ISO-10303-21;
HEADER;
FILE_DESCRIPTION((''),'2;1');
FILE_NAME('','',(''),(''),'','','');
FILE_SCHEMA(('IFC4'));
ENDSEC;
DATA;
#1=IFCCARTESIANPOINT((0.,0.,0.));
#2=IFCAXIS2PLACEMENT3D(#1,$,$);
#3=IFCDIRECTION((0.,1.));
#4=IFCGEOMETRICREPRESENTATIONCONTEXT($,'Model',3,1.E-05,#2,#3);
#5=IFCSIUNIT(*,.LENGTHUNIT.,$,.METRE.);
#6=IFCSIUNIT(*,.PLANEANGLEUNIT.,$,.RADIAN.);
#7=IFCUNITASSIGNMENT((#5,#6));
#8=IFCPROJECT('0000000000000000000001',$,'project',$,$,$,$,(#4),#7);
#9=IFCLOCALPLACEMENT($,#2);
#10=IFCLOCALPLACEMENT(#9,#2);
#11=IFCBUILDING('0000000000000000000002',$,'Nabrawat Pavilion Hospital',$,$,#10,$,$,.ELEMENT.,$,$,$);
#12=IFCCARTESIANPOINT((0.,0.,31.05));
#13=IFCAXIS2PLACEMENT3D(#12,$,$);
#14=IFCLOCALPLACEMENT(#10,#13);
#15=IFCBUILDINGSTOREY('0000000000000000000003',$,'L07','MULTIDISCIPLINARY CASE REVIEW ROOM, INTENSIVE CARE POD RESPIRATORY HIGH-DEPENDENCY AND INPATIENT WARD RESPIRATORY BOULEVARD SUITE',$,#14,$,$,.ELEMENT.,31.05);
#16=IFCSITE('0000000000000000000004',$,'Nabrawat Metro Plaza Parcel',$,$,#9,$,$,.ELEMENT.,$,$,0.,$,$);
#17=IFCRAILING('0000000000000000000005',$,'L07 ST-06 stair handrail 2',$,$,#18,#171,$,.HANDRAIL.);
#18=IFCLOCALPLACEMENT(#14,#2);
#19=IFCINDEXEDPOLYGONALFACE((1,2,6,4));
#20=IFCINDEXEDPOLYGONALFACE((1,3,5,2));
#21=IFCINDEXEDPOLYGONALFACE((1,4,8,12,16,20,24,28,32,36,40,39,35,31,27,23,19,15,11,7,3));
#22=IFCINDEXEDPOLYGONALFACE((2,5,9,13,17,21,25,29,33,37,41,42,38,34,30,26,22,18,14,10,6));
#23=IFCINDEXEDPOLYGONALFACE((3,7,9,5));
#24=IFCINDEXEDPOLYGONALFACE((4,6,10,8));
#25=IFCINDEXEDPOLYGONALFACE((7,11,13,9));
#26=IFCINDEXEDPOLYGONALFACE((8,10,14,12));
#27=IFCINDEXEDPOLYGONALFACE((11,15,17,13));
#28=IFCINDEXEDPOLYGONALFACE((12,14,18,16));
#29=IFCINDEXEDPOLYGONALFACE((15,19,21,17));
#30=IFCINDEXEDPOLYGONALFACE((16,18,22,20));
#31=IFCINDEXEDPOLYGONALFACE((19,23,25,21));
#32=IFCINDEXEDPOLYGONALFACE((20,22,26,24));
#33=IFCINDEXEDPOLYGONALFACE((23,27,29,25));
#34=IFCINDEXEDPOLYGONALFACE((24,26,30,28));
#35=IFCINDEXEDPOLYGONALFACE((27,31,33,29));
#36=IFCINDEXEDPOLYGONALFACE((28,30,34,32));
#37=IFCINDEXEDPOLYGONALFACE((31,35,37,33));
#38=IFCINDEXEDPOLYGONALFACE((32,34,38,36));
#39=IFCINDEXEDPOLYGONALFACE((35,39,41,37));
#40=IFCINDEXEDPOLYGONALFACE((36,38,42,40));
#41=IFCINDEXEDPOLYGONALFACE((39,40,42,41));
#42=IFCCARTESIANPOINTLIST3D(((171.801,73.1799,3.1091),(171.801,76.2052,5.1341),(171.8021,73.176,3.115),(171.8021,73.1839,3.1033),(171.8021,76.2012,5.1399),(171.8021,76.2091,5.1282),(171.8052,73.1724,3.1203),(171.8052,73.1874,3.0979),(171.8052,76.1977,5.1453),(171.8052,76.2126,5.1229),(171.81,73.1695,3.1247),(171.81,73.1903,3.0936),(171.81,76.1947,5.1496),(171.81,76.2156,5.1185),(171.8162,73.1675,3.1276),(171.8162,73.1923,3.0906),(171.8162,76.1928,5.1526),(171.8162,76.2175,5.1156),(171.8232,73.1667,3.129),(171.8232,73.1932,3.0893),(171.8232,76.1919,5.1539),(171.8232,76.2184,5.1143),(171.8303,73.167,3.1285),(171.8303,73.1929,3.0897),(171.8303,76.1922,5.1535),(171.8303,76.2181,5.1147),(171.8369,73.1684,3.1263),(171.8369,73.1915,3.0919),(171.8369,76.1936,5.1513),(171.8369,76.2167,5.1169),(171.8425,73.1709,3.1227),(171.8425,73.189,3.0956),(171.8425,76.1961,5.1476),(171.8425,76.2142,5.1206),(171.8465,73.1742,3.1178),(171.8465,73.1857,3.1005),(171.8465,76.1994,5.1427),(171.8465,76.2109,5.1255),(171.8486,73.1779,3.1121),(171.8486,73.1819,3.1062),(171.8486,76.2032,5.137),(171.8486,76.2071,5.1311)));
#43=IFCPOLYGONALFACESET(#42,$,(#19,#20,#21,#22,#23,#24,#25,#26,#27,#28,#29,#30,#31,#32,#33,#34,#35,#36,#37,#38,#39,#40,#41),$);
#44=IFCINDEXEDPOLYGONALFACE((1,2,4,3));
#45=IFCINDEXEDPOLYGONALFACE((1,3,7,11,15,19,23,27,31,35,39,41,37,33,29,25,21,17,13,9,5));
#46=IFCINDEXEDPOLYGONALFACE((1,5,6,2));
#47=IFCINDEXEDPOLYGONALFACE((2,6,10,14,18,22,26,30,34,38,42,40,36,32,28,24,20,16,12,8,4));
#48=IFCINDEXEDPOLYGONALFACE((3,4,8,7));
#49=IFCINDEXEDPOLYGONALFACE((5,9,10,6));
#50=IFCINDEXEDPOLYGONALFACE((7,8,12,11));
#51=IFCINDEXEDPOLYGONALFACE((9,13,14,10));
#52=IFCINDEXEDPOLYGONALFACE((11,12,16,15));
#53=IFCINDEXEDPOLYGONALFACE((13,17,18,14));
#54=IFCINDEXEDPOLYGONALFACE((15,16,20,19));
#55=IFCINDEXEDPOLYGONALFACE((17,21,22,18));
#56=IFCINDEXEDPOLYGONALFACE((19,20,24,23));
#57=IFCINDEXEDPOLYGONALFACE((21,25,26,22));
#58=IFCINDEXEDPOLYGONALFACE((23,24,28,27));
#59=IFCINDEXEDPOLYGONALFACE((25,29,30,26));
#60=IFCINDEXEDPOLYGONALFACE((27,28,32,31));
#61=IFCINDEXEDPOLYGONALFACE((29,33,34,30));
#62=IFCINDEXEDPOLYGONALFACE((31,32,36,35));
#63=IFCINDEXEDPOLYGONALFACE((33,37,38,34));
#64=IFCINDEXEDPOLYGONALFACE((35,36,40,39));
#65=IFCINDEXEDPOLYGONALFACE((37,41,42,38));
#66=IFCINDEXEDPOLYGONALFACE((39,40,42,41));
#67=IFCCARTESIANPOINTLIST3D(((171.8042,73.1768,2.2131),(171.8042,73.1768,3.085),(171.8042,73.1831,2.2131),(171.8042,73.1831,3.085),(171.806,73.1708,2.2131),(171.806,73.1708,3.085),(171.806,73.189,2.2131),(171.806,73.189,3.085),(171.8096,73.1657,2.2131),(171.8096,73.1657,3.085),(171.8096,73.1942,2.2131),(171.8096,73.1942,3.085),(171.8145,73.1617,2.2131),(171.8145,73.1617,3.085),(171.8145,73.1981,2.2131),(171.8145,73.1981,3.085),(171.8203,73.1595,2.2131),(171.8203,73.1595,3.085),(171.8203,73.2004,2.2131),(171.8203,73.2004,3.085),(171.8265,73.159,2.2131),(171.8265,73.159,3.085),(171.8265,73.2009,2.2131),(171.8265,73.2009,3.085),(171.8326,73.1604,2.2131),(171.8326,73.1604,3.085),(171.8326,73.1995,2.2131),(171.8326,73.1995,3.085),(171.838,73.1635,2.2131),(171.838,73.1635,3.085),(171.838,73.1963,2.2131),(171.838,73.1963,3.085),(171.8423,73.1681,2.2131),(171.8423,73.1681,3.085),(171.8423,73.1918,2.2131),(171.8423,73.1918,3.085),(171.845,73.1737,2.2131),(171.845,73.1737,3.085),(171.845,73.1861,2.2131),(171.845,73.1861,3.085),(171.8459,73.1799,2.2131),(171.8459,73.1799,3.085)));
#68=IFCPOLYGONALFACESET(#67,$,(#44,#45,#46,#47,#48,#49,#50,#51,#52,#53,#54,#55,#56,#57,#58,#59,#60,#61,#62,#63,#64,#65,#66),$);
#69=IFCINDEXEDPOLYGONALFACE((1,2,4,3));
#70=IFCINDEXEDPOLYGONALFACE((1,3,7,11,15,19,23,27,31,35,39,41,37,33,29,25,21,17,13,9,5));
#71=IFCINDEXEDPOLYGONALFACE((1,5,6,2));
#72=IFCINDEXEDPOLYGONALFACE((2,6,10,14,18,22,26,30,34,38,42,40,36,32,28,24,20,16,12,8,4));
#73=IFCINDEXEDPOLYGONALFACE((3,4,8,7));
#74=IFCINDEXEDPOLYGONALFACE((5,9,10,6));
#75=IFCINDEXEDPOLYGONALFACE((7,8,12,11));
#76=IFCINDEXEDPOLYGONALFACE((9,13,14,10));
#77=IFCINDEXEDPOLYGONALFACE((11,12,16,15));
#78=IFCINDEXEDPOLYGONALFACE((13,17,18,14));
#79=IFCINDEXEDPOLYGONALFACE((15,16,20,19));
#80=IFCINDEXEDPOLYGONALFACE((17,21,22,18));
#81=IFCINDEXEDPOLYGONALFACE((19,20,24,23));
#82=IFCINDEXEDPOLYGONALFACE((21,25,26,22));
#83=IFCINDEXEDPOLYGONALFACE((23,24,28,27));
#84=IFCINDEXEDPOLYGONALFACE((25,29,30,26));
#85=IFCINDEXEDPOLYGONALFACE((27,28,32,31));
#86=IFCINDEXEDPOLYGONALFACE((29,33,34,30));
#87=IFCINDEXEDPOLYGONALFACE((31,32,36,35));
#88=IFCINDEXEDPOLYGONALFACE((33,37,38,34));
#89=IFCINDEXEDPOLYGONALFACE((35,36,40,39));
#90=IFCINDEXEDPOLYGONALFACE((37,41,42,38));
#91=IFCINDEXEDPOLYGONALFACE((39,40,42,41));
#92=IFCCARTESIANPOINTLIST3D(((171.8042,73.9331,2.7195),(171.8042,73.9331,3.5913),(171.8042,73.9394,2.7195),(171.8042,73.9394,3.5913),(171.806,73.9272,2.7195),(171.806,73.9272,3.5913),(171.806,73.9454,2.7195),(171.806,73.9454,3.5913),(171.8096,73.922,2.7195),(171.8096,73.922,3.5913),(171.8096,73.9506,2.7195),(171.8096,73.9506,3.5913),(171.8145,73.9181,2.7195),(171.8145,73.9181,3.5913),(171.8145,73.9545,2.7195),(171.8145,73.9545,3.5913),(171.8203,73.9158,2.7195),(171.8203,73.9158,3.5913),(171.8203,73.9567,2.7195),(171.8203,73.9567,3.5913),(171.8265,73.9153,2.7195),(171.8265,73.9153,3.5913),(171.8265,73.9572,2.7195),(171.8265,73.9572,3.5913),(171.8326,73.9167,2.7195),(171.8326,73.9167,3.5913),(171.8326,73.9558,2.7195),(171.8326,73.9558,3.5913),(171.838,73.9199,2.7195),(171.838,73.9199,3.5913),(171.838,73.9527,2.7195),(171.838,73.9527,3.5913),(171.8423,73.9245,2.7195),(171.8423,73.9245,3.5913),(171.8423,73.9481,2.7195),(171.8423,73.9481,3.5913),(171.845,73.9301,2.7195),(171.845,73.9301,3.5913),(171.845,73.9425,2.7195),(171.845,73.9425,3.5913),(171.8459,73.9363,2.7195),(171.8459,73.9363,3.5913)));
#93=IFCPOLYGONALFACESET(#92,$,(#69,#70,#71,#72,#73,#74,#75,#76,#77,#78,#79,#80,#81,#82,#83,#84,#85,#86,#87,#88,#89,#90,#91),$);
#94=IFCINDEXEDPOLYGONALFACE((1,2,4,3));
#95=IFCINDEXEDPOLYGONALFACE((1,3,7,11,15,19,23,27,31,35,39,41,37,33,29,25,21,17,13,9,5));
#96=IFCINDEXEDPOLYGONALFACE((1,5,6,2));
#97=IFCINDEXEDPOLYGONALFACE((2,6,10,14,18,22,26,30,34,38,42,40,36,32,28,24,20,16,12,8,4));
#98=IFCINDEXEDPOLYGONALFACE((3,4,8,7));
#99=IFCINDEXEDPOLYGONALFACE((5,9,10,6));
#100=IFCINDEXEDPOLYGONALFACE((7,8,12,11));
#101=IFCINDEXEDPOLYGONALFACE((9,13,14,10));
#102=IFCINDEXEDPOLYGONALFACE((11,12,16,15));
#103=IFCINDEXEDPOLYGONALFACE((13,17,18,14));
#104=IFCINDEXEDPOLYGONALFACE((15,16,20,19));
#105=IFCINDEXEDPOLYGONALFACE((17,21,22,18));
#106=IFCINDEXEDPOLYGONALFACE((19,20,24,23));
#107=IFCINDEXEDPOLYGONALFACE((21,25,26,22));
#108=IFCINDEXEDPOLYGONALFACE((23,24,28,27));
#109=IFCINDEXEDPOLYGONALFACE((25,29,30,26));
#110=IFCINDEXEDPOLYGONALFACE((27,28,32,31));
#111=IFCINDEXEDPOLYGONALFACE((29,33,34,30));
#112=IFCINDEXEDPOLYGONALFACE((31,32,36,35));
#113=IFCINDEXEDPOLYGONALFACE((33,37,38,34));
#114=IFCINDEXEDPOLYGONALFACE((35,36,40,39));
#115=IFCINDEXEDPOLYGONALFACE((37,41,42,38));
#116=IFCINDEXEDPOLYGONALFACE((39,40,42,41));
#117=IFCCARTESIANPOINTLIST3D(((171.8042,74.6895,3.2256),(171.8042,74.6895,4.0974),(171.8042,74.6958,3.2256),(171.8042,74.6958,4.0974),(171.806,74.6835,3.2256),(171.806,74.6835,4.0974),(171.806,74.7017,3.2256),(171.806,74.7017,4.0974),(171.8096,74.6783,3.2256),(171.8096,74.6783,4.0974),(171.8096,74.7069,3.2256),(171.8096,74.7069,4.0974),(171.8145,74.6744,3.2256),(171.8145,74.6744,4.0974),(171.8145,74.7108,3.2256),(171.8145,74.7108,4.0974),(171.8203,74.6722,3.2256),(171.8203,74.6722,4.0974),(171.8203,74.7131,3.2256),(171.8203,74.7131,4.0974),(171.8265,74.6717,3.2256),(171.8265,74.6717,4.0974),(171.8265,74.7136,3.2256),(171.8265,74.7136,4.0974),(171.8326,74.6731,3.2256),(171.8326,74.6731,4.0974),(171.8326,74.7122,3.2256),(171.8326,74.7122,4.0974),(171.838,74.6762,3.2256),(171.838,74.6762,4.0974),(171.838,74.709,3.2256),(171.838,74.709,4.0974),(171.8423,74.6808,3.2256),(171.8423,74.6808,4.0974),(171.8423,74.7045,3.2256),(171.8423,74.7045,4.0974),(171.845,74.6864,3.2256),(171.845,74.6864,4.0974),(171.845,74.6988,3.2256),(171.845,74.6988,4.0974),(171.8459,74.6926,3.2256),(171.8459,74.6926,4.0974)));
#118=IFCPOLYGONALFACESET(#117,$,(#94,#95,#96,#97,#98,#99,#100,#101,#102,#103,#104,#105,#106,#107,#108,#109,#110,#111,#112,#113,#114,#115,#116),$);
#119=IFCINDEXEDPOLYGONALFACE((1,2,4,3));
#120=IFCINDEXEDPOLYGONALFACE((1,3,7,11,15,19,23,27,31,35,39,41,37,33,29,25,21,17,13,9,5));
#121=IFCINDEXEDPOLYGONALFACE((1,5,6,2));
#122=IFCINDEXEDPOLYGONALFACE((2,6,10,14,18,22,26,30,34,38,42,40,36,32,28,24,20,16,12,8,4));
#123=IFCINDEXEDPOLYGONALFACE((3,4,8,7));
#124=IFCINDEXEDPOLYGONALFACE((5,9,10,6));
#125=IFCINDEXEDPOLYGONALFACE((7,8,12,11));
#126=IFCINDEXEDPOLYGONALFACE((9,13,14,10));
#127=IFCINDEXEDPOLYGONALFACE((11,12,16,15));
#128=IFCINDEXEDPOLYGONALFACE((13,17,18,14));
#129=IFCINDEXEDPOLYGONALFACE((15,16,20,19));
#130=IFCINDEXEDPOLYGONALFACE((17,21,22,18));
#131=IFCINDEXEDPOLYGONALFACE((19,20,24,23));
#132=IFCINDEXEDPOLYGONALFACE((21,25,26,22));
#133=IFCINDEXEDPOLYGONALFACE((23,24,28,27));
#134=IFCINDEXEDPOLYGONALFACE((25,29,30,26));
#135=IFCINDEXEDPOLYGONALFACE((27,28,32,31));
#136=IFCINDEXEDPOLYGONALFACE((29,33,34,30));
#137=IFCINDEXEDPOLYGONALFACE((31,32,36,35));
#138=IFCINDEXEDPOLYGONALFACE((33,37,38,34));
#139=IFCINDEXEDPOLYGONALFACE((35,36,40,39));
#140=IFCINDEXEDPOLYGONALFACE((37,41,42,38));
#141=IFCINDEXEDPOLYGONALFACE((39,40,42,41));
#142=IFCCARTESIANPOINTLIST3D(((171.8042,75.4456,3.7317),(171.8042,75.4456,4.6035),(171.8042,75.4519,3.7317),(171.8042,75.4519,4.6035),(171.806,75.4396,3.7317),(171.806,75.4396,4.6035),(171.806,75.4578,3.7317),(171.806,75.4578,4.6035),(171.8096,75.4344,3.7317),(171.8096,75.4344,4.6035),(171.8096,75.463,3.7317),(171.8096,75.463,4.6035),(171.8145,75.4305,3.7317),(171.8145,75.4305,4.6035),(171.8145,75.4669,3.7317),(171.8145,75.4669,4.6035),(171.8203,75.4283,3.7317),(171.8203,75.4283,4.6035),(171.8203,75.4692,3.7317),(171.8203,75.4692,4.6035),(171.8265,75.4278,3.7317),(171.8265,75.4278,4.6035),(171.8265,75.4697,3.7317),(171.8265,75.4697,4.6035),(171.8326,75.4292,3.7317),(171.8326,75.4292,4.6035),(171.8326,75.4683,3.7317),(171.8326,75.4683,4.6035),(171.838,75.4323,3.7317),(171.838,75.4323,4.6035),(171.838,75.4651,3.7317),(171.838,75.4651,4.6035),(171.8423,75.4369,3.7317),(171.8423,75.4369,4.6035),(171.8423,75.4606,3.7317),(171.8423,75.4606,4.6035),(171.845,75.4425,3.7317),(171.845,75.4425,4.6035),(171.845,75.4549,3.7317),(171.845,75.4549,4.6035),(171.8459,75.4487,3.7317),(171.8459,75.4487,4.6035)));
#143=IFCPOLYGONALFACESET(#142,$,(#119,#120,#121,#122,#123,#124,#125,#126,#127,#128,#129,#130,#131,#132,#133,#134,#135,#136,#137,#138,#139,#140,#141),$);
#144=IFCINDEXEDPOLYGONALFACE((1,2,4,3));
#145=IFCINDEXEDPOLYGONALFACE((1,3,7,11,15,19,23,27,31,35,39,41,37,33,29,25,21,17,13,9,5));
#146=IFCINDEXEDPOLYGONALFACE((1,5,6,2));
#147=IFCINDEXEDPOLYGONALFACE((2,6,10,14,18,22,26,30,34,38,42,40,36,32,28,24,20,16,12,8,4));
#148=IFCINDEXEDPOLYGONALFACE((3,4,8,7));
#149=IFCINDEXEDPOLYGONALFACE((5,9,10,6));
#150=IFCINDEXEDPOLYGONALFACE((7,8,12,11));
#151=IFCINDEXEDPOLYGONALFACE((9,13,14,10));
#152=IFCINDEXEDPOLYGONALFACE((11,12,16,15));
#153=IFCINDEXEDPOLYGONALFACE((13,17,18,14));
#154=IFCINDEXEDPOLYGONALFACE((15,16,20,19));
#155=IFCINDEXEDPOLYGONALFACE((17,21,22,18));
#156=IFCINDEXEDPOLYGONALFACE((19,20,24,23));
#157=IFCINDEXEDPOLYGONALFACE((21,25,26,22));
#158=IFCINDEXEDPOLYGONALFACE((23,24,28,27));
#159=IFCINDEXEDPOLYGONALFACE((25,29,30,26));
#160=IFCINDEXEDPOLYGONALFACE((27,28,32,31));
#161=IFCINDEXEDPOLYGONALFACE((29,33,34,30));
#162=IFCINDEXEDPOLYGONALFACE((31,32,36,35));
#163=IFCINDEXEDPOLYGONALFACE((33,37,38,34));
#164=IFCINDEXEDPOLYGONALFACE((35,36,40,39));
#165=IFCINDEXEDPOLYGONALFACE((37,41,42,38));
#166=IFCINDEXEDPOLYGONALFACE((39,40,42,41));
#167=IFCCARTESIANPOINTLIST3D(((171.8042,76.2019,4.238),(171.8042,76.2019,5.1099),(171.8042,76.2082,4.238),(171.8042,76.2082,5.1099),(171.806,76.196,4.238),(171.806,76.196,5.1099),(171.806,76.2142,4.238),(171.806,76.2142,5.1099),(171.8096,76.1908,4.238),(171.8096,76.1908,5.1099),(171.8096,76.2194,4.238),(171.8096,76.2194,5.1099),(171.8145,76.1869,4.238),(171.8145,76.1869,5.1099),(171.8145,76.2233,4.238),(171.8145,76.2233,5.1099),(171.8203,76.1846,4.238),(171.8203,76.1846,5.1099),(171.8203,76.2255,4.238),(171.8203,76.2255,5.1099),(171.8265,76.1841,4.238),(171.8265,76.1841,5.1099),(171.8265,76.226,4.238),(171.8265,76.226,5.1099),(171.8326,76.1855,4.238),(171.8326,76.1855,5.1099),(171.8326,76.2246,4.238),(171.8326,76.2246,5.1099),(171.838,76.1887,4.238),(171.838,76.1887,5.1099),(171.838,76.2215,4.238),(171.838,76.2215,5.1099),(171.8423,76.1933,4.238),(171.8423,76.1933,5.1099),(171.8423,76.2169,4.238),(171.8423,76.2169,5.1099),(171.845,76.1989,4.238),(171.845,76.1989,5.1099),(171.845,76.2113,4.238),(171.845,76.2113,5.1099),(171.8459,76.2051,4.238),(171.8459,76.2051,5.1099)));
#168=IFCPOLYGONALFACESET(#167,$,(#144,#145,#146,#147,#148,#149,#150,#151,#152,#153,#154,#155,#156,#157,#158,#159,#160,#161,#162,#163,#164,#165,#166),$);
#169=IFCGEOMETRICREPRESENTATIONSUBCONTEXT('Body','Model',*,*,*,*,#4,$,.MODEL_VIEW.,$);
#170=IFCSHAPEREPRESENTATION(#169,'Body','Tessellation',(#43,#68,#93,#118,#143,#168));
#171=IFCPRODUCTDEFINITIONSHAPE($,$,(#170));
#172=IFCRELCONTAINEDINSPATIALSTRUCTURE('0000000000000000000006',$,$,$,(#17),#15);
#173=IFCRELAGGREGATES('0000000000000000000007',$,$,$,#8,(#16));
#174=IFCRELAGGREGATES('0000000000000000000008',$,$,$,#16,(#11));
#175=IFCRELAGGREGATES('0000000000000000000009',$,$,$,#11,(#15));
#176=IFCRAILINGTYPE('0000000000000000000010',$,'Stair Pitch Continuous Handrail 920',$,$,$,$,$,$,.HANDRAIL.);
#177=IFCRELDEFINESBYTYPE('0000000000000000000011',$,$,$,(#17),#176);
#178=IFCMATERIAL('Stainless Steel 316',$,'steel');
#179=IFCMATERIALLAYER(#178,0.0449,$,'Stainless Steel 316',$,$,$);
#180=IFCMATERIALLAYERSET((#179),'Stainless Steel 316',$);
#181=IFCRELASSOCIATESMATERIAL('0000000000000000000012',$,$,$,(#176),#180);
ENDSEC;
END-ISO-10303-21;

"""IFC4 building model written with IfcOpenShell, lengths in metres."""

from ifc_helpers import new_model, si_unit, direction, frame, origin, origin_2d, place, context, subcontext, project, spatial, circle, extrude, material, layer, layer_set, type_object, element, save


model = new_model("IFC4")

# Units and contexts
model_context = context("Model", 3, precision=1e-05, world=origin(), true_north=direction((0.0, 1.0)))
body_context = subcontext(model_context, "Body", "Model", "MODEL_VIEW")
ifc_project = project(units=[si_unit("LENGTHUNIT", "METRE"), si_unit("PLANEANGLEUNIT", "RADIAN")], contexts=[model_context])

# Site, building, storey
site_placement = place(None, origin())
site = spatial("IfcSite", under=ifc_project, at=site_placement, Name="Nabrawat Metro Plaza Parcel", CompositionType="ELEMENT", RefElevation=0.0)
building_placement = place(site_placement, origin())
building = spatial("IfcBuilding", under=site, at=building_placement, Name="Nabrawat Pavilion Hospital", CompositionType="ELEMENT")
storey_placement = place(building_placement, frame((0.0, 0.0, 31.05)))
storey = spatial("IfcBuildingStorey", under=building, at=storey_placement, Name="L07", Description="MULTIDISCIPLINARY CASE REVIEW ROOM, INTENSIVE CARE POD RESPIRATORY HIGH-DEPENDENCY AND INPATIENT WARD RESPIRATORY BOULEVARD SUITE", CompositionType="ELEMENT", Elevation=31.05)

# Railing
ifc_material_1 = material(Name="Stainless Steel 316", Category="steel")
ifc_layer_1 = layer(ifc_material_1, 0.0449, Name="Stainless Steel 316")
ifc_layer_set_1 = layer_set([ifc_layer_1], Name="Stainless Steel 316")
railing_type_1 = type_object("IfcRailingType", Name="Stair Pitch Continuous Handrail 920", PredefinedType="HANDRAIL", material=ifc_layer_set_1)
railing_1_placement = place(storey_placement, frame((171.825, 73.1799, 2.2131)))
element("IfcRailing", 1, at=railing_1_placement, inside=storey, type_object=railing_type_1, Name="L07 ST-06 stair handrail 2", PredefinedType="HANDRAIL", context=body_context, shape_type="SweptSolid", body=[
    extrude(circle(Radius=0.0239, at=origin_2d()), frame((0.0, 0.0, 0.896), z_axis=(0.0, 0.831017, 0.556247), x_axis=(-1.0, 0.0, 0.0)), (0.0, 0.0, 1.0), 3.6404),
    extrude(circle(Radius=0.021, at=origin_2d()), origin(), (0.0, 0.0, 1.0), 0.8718),
    extrude(circle(Radius=0.021, at=origin_2d()), frame((0.0, 0.7563, 0.5063)), (0.0, 0.0, 1.0), 0.8718),
    extrude(circle(Radius=0.021, at=origin_2d()), frame((0.0, 1.5127, 1.0125)), (0.0, 0.0, 1.0), 0.8718),
    extrude(circle(Radius=0.021, at=origin_2d()), frame((0.0, 2.2688, 1.5186)), (0.0, 0.0, 1.0), 0.8718),
    extrude(circle(Radius=0.021, at=origin_2d()), frame((0.0, 3.0251, 2.0249)), (0.0, 0.0, 1.0), 0.8718),
])

save(model, "model.ifc")
